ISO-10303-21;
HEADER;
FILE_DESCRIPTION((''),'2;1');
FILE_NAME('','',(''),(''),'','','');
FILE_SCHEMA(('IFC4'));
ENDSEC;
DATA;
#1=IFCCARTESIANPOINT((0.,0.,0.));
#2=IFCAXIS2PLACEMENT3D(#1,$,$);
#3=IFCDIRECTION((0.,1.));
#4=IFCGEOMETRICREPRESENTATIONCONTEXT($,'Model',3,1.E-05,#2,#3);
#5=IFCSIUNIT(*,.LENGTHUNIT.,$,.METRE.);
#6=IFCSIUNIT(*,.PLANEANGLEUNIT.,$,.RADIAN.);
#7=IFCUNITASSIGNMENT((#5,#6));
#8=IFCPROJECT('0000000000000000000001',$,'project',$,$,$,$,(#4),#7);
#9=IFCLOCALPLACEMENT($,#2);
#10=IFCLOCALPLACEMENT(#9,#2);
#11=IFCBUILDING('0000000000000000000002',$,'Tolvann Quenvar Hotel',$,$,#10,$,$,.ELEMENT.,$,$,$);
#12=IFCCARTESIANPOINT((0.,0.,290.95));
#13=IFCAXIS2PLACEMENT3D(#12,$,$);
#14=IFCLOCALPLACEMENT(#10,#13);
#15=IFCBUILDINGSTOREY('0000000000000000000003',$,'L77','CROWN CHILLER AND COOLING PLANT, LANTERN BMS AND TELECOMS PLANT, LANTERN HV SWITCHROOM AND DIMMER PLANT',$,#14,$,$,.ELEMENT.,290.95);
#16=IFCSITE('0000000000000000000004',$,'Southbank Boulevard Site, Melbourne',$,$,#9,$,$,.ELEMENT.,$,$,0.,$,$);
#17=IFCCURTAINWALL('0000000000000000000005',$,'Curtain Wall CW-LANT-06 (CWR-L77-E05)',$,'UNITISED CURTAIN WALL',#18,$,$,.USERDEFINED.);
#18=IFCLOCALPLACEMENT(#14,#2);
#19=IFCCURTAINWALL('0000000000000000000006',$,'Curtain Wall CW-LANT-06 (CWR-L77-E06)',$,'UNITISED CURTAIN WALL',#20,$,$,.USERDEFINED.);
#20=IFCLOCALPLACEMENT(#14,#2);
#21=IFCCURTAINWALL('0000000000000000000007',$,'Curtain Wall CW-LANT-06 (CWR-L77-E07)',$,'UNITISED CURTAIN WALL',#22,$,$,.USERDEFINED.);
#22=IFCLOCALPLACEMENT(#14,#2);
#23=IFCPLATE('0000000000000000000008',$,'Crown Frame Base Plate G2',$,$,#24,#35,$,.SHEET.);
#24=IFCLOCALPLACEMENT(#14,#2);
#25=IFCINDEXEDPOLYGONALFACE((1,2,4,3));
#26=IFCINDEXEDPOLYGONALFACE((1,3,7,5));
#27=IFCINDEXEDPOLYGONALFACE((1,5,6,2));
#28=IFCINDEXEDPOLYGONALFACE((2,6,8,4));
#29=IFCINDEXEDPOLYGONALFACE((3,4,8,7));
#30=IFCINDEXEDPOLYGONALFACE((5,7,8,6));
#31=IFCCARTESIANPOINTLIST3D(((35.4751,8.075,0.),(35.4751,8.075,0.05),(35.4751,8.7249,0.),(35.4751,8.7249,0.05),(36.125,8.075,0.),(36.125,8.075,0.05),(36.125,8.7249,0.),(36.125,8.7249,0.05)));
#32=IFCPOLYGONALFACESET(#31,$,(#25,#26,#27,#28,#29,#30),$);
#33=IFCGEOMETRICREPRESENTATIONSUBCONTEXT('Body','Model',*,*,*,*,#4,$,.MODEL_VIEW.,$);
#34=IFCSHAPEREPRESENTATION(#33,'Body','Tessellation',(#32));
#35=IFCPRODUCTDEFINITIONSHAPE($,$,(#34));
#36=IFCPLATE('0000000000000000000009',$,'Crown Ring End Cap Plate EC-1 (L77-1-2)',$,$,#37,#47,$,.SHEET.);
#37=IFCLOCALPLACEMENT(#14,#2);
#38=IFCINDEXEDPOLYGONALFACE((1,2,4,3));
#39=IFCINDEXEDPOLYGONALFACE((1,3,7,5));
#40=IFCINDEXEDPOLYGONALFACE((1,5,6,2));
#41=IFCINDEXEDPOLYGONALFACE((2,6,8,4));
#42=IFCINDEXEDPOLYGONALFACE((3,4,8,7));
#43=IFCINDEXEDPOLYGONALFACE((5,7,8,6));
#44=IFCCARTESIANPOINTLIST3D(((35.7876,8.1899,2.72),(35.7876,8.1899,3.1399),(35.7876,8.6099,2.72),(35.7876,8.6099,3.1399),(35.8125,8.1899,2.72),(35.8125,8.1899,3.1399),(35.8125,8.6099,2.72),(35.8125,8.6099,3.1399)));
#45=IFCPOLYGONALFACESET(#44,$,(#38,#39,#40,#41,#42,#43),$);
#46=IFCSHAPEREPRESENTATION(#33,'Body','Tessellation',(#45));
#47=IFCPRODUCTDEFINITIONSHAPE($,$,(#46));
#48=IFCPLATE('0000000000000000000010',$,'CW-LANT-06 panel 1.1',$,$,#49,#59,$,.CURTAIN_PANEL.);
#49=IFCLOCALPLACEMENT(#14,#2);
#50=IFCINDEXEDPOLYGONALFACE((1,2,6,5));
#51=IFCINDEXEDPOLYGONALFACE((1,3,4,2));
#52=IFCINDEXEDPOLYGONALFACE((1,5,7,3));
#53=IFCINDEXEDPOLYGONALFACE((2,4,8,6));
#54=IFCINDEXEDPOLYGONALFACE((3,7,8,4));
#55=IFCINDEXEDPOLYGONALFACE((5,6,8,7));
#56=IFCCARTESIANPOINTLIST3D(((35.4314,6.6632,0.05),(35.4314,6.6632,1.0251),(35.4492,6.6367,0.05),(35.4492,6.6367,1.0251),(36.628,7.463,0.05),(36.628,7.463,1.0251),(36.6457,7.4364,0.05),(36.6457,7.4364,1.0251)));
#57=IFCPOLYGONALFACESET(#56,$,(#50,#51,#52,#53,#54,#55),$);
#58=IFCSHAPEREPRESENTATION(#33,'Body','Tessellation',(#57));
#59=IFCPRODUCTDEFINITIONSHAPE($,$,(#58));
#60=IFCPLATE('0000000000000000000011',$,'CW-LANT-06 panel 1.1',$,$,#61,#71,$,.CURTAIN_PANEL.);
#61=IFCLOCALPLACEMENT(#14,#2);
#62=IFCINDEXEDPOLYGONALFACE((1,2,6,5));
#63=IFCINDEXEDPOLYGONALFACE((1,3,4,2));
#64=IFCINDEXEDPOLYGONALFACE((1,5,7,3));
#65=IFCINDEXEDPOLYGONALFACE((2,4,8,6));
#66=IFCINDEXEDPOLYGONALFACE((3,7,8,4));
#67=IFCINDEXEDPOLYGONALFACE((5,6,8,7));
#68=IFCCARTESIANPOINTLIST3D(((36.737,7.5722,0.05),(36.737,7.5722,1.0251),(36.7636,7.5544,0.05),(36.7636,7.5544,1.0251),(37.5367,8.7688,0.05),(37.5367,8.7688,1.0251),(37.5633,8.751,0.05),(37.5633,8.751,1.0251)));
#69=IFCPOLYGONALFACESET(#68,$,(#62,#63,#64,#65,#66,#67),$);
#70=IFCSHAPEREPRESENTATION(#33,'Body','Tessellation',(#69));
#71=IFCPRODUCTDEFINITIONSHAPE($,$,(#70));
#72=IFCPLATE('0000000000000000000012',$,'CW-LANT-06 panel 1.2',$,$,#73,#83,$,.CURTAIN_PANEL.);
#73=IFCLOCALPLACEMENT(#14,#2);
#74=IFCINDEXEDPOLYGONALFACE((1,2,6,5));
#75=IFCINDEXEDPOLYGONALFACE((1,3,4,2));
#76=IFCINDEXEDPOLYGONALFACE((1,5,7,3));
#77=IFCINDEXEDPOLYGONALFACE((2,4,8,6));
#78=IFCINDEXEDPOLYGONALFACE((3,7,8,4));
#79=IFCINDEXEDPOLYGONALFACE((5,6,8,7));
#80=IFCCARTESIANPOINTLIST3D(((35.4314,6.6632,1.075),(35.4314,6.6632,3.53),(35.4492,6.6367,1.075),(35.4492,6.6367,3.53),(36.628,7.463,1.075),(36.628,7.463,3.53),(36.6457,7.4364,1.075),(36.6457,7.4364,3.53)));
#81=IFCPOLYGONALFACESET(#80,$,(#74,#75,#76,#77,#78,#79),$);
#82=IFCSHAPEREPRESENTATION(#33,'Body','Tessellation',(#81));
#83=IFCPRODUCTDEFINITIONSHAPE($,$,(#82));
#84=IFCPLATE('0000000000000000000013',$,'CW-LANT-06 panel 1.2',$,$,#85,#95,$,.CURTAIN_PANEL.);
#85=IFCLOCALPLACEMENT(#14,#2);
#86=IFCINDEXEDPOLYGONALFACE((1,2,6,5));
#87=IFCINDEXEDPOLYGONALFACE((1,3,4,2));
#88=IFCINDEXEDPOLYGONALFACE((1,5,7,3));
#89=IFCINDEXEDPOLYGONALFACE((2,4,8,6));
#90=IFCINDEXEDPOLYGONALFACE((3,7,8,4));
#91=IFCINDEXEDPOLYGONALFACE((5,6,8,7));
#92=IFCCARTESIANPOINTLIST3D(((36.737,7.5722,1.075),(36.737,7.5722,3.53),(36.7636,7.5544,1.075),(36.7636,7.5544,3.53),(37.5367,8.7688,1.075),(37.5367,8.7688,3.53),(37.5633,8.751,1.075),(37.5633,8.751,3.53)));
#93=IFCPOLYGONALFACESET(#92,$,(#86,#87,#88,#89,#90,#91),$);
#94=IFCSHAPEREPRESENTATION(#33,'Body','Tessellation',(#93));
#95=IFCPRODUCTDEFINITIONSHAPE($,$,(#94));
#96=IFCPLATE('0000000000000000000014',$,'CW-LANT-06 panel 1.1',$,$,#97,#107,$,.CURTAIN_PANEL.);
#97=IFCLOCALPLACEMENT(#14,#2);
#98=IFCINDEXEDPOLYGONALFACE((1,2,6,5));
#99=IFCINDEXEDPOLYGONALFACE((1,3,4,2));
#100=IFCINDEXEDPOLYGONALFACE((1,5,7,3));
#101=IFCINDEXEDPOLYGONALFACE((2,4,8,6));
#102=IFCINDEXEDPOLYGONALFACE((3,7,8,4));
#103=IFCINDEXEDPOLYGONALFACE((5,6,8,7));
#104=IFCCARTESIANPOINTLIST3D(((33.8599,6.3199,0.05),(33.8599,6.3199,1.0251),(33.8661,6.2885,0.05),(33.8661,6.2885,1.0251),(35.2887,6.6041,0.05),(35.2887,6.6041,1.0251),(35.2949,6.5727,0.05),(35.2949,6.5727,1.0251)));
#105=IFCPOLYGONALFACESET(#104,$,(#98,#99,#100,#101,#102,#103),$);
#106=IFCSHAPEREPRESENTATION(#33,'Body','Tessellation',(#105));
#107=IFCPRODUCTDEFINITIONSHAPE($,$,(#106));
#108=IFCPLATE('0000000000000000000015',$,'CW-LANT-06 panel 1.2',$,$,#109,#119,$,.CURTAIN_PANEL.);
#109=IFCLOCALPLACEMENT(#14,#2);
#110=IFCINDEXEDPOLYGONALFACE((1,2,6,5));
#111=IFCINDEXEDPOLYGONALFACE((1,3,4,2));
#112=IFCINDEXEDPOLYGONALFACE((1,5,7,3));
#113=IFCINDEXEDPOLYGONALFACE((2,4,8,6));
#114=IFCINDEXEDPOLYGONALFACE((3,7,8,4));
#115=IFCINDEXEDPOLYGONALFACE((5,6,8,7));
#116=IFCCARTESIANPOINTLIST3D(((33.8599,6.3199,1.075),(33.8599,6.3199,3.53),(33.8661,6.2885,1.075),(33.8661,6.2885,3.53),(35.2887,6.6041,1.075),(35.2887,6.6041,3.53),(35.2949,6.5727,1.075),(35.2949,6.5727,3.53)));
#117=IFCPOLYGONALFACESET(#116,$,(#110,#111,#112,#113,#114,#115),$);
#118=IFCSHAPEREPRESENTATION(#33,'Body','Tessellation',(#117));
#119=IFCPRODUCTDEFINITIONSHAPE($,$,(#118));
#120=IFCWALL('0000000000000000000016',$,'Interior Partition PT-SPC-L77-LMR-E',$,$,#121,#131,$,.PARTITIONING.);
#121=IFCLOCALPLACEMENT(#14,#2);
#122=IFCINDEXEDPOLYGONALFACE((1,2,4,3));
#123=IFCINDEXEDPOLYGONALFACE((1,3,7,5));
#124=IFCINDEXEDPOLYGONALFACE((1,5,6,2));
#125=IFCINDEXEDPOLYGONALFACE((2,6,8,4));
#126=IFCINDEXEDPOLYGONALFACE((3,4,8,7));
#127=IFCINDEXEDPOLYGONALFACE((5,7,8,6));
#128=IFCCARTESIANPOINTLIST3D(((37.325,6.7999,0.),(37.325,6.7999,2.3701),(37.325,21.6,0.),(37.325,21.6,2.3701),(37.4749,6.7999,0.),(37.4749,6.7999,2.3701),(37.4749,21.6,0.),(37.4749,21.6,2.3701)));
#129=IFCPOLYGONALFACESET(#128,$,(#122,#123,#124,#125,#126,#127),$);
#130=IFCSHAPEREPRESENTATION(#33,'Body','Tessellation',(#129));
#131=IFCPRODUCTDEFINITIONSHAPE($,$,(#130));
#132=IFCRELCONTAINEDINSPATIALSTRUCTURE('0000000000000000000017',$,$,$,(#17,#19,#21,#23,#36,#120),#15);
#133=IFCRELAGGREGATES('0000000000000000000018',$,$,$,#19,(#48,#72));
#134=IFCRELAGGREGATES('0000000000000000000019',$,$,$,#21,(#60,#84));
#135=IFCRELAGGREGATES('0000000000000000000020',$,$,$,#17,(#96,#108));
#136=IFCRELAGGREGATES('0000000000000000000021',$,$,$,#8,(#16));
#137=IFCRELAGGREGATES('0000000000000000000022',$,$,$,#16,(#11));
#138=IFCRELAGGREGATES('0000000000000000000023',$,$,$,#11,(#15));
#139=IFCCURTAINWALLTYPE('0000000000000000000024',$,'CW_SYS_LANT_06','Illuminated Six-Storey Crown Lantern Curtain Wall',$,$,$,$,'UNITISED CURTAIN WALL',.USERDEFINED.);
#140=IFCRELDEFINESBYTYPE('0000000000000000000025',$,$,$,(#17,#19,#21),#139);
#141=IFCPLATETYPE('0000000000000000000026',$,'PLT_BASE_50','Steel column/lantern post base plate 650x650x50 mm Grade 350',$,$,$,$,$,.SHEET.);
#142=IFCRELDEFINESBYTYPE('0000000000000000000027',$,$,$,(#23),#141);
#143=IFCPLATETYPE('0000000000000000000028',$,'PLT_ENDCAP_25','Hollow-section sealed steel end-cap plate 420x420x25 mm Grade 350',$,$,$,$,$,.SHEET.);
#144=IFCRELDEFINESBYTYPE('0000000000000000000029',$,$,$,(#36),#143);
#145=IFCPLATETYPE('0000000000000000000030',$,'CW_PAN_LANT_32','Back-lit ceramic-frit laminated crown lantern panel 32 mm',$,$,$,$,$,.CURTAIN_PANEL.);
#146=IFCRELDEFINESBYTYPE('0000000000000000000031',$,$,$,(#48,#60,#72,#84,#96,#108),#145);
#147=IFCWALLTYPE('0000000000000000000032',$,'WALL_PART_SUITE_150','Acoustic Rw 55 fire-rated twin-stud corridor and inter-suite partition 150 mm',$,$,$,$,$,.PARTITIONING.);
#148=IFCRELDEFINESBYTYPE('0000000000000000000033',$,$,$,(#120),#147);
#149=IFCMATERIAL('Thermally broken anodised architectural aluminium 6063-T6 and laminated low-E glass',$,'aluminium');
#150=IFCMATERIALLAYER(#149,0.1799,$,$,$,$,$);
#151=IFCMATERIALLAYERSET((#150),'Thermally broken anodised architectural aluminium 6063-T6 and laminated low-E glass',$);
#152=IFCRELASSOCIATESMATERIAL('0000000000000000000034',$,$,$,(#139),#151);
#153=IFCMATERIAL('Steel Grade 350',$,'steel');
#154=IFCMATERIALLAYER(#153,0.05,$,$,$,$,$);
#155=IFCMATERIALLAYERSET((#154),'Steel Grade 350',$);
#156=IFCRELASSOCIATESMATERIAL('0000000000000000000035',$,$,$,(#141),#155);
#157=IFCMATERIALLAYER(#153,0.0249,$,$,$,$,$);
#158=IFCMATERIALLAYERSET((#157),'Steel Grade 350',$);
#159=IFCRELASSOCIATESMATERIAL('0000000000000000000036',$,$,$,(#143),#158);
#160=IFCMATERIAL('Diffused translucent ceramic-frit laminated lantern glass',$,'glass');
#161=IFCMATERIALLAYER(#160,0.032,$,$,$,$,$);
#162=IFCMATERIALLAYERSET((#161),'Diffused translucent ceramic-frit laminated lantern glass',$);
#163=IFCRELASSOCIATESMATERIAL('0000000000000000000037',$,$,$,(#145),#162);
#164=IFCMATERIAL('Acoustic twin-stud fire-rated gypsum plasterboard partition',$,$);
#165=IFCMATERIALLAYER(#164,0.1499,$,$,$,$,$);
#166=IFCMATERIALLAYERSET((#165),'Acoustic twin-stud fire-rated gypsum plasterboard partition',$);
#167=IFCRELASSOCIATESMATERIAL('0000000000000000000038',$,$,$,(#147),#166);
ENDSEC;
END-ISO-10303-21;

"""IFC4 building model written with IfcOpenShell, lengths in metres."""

from ifc_helpers import new_model, si_unit, direction, frame, frame_2d, origin, origin_2d, place, context, subcontext, project, spatial, rectangle, extrude, source, transform, mapped, material, layer, layer_set, type_object, type_shapes, element, aggregate, save


model = new_model("IFC4")

# Units and contexts
model_context = context("Model", 3, precision=1e-05, world=origin(), true_north=direction((0.0, 1.0)))
body_context = subcontext(model_context, "Body", "Model", "MODEL_VIEW")
ifc_project = project(units=[si_unit("LENGTHUNIT", "METRE"), si_unit("PLANEANGLEUNIT", "RADIAN")], contexts=[model_context])

# Site, building, storey
site_placement = place(None, origin())
site = spatial("IfcSite", under=ifc_project, at=site_placement, Name="Southbank Boulevard Site, Melbourne", CompositionType="ELEMENT", RefElevation=0.0)
building_placement = place(site_placement, origin())
building = spatial("IfcBuilding", under=site, at=building_placement, Name="Tolvann Quenvar Hotel", CompositionType="ELEMENT")
storey_placement = place(building_placement, frame((0.0, 0.0, 290.95)))
storey = spatial("IfcBuildingStorey", under=building, at=storey_placement, Name="L77", Description="CROWN CHILLER AND COOLING PLANT, LANTERN BMS AND TELECOMS PLANT, LANTERN HV SWITCHROOM AND DIMMER PLANT", CompositionType="ELEMENT", Elevation=290.95)

# Shared definitions
ifc_material_1 = material(Name="Steel Grade 350", Category="steel")

# Curtain wall
ifc_material_2 = material(Name="Thermally broken anodised architectural aluminium 6063-T6 and laminated low-E glass", Category="aluminium")
ifc_layer_1 = layer(ifc_material_2, 0.1799)
ifc_layer_set_1 = layer_set([ifc_layer_1], Name="Thermally broken anodised architectural aluminium 6063-T6 and laminated low-E glass")
curtain_wall_type = type_object("IfcCurtainWallType", Name="CW_SYS_LANT_06", Description="Illuminated Six-Storey Crown Lantern Curtain Wall", ElementType="UNITISED CURTAIN WALL", PredefinedType="USERDEFINED", material=ifc_layer_set_1)
curtain_wall_1_placement = place(storey_placement, origin())
curtain_wall_1 = element("IfcCurtainWall", 1, at=curtain_wall_1_placement, inside=storey, type_object=curtain_wall_type, Name="Curtain Wall CW-LANT-06 (CWR-L77-E05)", ObjectType="UNITISED CURTAIN WALL", PredefinedType="USERDEFINED")

# Curtain walls
curtain_wall_2_placement = place(storey_placement, origin())
curtain_wall_2 = element("IfcCurtainWall", 2, at=curtain_wall_2_placement, inside=storey, type_object=curtain_wall_type, Name="Curtain Wall CW-LANT-06 (CWR-L77-E06)", ObjectType="UNITISED CURTAIN WALL", PredefinedType="USERDEFINED")
curtain_wall_3_placement = place(storey_placement, origin())
curtain_wall_3 = element("IfcCurtainWall", 3, at=curtain_wall_3_placement, inside=storey, type_object=curtain_wall_type, Name="Curtain Wall CW-LANT-06 (CWR-L77-E07)", ObjectType="UNITISED CURTAIN WALL", PredefinedType="USERDEFINED")

# Plates
ifc_layer_2 = layer(ifc_material_1, 0.05)
ifc_layer_set_2 = layer_set([ifc_layer_2], Name="Steel Grade 350")
plate_type_1 = type_object("IfcPlateType", Name="PLT_BASE_50", Description="Steel column/lantern post base plate 650x650x50 mm Grade 350", PredefinedType="SHEET", material=ifc_layer_set_2)
shared_shape_1 = source(origin(), body_context, "Body", "SweptSolid", [
    extrude(rectangle(XDim=0.6499, YDim=0.6499, at=origin_2d()), origin(), (0.0, 0.0, 1.0), 0.05),
])
type_shapes(plate_type_1, [shared_shape_1])
plate_1_placement = place(storey_placement, frame((35.8, 8.3999, 0.0), z_axis=(0.0, 0.0, 1.0), x_axis=(1.0, 0.0, 0.0)))
element("IfcPlate", 4, at=plate_1_placement, inside=storey, type_object=plate_type_1, Name="Crown Frame Base Plate G2", PredefinedType="SHEET", context=body_context, shape_type="MappedRepresentation", body=[
    mapped(shared_shape_1, transform((0.0, 0.0, 0.0), x_axis=(1.0, 0.0, 0.0), y_axis=(0.0, 1.0, 0.0), z_axis=(0.0, 0.0, 1.0), scale=1.0)),
])
ifc_layer_3 = layer(ifc_material_1, 0.0249)
ifc_layer_set_3 = layer_set([ifc_layer_3], Name="Steel Grade 350")
plate_type_2 = type_object("IfcPlateType", Name="PLT_ENDCAP_25", Description="Hollow-section sealed steel end-cap plate 420x420x25 mm Grade 350", PredefinedType="SHEET", material=ifc_layer_set_3)
shared_shape_2 = source(origin(), body_context, "Body", "SweptSolid", [
    extrude(rectangle(XDim=0.0249, YDim=0.4199, at=origin_2d()), origin(), (0.0, 0.0, 1.0), 0.4199),
])
type_shapes(plate_type_2, [shared_shape_2])
plate_2_placement = place(storey_placement, frame((35.8, 8.3999, 2.72), z_axis=(0.0, 0.0, 1.0), x_axis=(1.0, 0.0, 0.0)))
element("IfcPlate", 5, at=plate_2_placement, inside=storey, type_object=plate_type_2, Name="Crown Ring End Cap Plate EC-1 (L77-1-2)", PredefinedType="SHEET", context=body_context, shape_type="MappedRepresentation", body=[
    mapped(shared_shape_2, transform((0.0, 0.0, 0.0), x_axis=(1.0, 0.0, 0.0), y_axis=(0.0, 1.0, 0.0), z_axis=(0.0, 0.0, 1.0), scale=1.0)),
])

# Plates
ifc_material_3 = material(Name="Diffused translucent ceramic-frit laminated lantern glass", Category="glass")
ifc_layer_4 = layer(ifc_material_3, 0.032)
ifc_layer_set_4 = layer_set([ifc_layer_4], Name="Diffused translucent ceramic-frit laminated lantern glass")
plate_type_3 = type_object("IfcPlateType", Name="CW_PAN_LANT_32", Description="Back-lit ceramic-frit laminated crown lantern panel 32 mm", PredefinedType="CURTAIN_PANEL", material=ifc_layer_set_4)
shared_shape_3 = source(origin(), body_context, "Body", "SweptSolid", [
    extrude(rectangle(XDim=1.4392, YDim=0.032, at=origin_2d()), origin(), (0.0, 0.0, 1.0), 0.9751),
])
plate_3_placement = place(storey_placement, frame((36.0386, 7.0498, 0.05), z_axis=(0.0, 0.0, 1.0), x_axis=(0.831412, 0.555656, 0.0)))
plate_3 = element("IfcPlate", 6, at=plate_3_placement, type_object=plate_type_3, Name="CW-LANT-06 panel 1.1", PredefinedType="CURTAIN_PANEL", context=body_context, shape_type="MappedRepresentation", body=[
    mapped(shared_shape_3, transform((0.0, 0.0, 0.0), x_axis=(1.0, 0.0, 0.0), y_axis=(0.0, 1.0, 0.0), z_axis=(0.0, 0.0, 1.0), scale=1.0)),
])
plate_4_placement = place(storey_placement, frame((37.1501, 8.1616, 0.05), z_axis=(0.0, 0.0, 1.0), x_axis=(0.555656, 0.831412, 0.0)))
plate_4 = element("IfcPlate", 7, at=plate_4_placement, type_object=plate_type_3, Name="CW-LANT-06 panel 1.1", PredefinedType="CURTAIN_PANEL", context=body_context, shape_type="MappedRepresentation", body=[
    mapped(shared_shape_3, transform((0.0, 0.0, 0.0), x_axis=(1.0, 0.0, 0.0), y_axis=(0.0, 1.0, 0.0), z_axis=(0.0, 0.0, 1.0), scale=1.0)),
])
shared_shape_4 = source(origin(), body_context, "Body", "SweptSolid", [
    extrude(rectangle(XDim=1.4392, YDim=0.032, at=origin_2d()), origin(), (0.0, 0.0, 1.0), 2.4551),
])
plate_5_placement = place(storey_placement, frame((36.0386, 7.0498, 1.075), z_axis=(0.0, 0.0, 1.0), x_axis=(0.831412, 0.555656, 0.0)))
plate_5 = element("IfcPlate", 8, at=plate_5_placement, type_object=plate_type_3, Name="CW-LANT-06 panel 1.2", PredefinedType="CURTAIN_PANEL", context=body_context, shape_type="MappedRepresentation", body=[
    mapped(shared_shape_4, transform((0.0, 0.0, 0.0), x_axis=(1.0, 0.0, 0.0), y_axis=(0.0, 1.0, 0.0), z_axis=(0.0, 0.0, 1.0), scale=1.0)),
])
aggregate(curtain_wall_2, [plate_3, plate_5])
plate_6_placement = place(storey_placement, frame((37.1501, 8.1616, 1.075), z_axis=(0.0, 0.0, 1.0), x_axis=(0.555656, 0.831412, 0.0)))
plate_6 = element("IfcPlate", 9, at=plate_6_placement, type_object=plate_type_3, Name="CW-LANT-06 panel 1.2", PredefinedType="CURTAIN_PANEL", context=body_context, shape_type="MappedRepresentation", body=[
    mapped(shared_shape_4, transform((0.0, 0.0, 0.0), x_axis=(1.0, 0.0, 0.0), y_axis=(0.0, 1.0, 0.0), z_axis=(0.0, 0.0, 1.0), scale=1.0)),
])
aggregate(curtain_wall_3, [plate_4, plate_6])
shared_shape_5 = source(origin(), body_context, "Body", "SweptSolid", [
    extrude(rectangle(XDim=1.4568, YDim=0.032, at=origin_2d()), origin(), (0.0, 0.0, 1.0), 0.9751),
])
plate_7_placement = place(storey_placement, frame((34.5774, 6.4463, 0.05), z_axis=(0.0, 0.0, 1.0), x_axis=(0.980791, 0.195062, 0.0)))
plate_7 = element("IfcPlate", 10, at=plate_7_placement, type_object=plate_type_3, Name="CW-LANT-06 panel 1.1", PredefinedType="CURTAIN_PANEL", context=body_context, shape_type="MappedRepresentation", body=[
    mapped(shared_shape_5, transform((0.0, 0.0, 0.0), x_axis=(1.0, 0.0, 0.0), y_axis=(0.0, 1.0, 0.0), z_axis=(0.0, 0.0, 1.0), scale=1.0)),
])
shared_shape_6 = source(origin(), body_context, "Body", "SweptSolid", [
    extrude(rectangle(XDim=1.4568, YDim=0.032, at=origin_2d()), origin(), (0.0, 0.0, 1.0), 2.4551),
])
type_shapes(plate_type_3, [shared_shape_3, shared_shape_4, shared_shape_5, shared_shape_6])
plate_8_placement = place(storey_placement, frame((34.5774, 6.4463, 1.075), z_axis=(0.0, 0.0, 1.0), x_axis=(0.980791, 0.195062, 0.0)))
plate_8 = element("IfcPlate", 11, at=plate_8_placement, type_object=plate_type_3, Name="CW-LANT-06 panel 1.2", PredefinedType="CURTAIN_PANEL", context=body_context, shape_type="MappedRepresentation", body=[
    mapped(shared_shape_6, transform((0.0, 0.0, 0.0), x_axis=(1.0, 0.0, 0.0), y_axis=(0.0, 1.0, 0.0), z_axis=(0.0, 0.0, 1.0), scale=1.0)),
])
aggregate(curtain_wall_1, [plate_7, plate_8])

# Wall
ifc_material_4 = material(Name="Acoustic twin-stud fire-rated gypsum plasterboard partition")
ifc_layer_5 = layer(ifc_material_4, 0.1499)
ifc_layer_set_5 = layer_set([ifc_layer_5], Name="Acoustic twin-stud fire-rated gypsum plasterboard partition")
wall_type = type_object("IfcWallType", Name="WALL_PART_SUITE_150", Description="Acoustic Rw 55 fire-rated twin-stud corridor and inter-suite partition 150 mm", PredefinedType="PARTITIONING", material=ifc_layer_set_5)
wall_placement = place(storey_placement, frame((37.3999, 6.8, 0.0), z_axis=(0.0, 0.0, 1.0), x_axis=(0.0, 1.0, 0.0)))
element("IfcWall", 12, at=wall_placement, inside=storey, type_object=wall_type, Name="Interior Partition PT-SPC-L77-LMR-E", PredefinedType="PARTITIONING", context=body_context, shape_type="SweptSolid", body=[
    extrude(rectangle(XDim=14.8, YDim=0.1499, at=frame_2d((7.3999, 0.0))), origin(), (0.0, 0.0, 1.0), 2.3701),
])

save(model, "model.ifc")
